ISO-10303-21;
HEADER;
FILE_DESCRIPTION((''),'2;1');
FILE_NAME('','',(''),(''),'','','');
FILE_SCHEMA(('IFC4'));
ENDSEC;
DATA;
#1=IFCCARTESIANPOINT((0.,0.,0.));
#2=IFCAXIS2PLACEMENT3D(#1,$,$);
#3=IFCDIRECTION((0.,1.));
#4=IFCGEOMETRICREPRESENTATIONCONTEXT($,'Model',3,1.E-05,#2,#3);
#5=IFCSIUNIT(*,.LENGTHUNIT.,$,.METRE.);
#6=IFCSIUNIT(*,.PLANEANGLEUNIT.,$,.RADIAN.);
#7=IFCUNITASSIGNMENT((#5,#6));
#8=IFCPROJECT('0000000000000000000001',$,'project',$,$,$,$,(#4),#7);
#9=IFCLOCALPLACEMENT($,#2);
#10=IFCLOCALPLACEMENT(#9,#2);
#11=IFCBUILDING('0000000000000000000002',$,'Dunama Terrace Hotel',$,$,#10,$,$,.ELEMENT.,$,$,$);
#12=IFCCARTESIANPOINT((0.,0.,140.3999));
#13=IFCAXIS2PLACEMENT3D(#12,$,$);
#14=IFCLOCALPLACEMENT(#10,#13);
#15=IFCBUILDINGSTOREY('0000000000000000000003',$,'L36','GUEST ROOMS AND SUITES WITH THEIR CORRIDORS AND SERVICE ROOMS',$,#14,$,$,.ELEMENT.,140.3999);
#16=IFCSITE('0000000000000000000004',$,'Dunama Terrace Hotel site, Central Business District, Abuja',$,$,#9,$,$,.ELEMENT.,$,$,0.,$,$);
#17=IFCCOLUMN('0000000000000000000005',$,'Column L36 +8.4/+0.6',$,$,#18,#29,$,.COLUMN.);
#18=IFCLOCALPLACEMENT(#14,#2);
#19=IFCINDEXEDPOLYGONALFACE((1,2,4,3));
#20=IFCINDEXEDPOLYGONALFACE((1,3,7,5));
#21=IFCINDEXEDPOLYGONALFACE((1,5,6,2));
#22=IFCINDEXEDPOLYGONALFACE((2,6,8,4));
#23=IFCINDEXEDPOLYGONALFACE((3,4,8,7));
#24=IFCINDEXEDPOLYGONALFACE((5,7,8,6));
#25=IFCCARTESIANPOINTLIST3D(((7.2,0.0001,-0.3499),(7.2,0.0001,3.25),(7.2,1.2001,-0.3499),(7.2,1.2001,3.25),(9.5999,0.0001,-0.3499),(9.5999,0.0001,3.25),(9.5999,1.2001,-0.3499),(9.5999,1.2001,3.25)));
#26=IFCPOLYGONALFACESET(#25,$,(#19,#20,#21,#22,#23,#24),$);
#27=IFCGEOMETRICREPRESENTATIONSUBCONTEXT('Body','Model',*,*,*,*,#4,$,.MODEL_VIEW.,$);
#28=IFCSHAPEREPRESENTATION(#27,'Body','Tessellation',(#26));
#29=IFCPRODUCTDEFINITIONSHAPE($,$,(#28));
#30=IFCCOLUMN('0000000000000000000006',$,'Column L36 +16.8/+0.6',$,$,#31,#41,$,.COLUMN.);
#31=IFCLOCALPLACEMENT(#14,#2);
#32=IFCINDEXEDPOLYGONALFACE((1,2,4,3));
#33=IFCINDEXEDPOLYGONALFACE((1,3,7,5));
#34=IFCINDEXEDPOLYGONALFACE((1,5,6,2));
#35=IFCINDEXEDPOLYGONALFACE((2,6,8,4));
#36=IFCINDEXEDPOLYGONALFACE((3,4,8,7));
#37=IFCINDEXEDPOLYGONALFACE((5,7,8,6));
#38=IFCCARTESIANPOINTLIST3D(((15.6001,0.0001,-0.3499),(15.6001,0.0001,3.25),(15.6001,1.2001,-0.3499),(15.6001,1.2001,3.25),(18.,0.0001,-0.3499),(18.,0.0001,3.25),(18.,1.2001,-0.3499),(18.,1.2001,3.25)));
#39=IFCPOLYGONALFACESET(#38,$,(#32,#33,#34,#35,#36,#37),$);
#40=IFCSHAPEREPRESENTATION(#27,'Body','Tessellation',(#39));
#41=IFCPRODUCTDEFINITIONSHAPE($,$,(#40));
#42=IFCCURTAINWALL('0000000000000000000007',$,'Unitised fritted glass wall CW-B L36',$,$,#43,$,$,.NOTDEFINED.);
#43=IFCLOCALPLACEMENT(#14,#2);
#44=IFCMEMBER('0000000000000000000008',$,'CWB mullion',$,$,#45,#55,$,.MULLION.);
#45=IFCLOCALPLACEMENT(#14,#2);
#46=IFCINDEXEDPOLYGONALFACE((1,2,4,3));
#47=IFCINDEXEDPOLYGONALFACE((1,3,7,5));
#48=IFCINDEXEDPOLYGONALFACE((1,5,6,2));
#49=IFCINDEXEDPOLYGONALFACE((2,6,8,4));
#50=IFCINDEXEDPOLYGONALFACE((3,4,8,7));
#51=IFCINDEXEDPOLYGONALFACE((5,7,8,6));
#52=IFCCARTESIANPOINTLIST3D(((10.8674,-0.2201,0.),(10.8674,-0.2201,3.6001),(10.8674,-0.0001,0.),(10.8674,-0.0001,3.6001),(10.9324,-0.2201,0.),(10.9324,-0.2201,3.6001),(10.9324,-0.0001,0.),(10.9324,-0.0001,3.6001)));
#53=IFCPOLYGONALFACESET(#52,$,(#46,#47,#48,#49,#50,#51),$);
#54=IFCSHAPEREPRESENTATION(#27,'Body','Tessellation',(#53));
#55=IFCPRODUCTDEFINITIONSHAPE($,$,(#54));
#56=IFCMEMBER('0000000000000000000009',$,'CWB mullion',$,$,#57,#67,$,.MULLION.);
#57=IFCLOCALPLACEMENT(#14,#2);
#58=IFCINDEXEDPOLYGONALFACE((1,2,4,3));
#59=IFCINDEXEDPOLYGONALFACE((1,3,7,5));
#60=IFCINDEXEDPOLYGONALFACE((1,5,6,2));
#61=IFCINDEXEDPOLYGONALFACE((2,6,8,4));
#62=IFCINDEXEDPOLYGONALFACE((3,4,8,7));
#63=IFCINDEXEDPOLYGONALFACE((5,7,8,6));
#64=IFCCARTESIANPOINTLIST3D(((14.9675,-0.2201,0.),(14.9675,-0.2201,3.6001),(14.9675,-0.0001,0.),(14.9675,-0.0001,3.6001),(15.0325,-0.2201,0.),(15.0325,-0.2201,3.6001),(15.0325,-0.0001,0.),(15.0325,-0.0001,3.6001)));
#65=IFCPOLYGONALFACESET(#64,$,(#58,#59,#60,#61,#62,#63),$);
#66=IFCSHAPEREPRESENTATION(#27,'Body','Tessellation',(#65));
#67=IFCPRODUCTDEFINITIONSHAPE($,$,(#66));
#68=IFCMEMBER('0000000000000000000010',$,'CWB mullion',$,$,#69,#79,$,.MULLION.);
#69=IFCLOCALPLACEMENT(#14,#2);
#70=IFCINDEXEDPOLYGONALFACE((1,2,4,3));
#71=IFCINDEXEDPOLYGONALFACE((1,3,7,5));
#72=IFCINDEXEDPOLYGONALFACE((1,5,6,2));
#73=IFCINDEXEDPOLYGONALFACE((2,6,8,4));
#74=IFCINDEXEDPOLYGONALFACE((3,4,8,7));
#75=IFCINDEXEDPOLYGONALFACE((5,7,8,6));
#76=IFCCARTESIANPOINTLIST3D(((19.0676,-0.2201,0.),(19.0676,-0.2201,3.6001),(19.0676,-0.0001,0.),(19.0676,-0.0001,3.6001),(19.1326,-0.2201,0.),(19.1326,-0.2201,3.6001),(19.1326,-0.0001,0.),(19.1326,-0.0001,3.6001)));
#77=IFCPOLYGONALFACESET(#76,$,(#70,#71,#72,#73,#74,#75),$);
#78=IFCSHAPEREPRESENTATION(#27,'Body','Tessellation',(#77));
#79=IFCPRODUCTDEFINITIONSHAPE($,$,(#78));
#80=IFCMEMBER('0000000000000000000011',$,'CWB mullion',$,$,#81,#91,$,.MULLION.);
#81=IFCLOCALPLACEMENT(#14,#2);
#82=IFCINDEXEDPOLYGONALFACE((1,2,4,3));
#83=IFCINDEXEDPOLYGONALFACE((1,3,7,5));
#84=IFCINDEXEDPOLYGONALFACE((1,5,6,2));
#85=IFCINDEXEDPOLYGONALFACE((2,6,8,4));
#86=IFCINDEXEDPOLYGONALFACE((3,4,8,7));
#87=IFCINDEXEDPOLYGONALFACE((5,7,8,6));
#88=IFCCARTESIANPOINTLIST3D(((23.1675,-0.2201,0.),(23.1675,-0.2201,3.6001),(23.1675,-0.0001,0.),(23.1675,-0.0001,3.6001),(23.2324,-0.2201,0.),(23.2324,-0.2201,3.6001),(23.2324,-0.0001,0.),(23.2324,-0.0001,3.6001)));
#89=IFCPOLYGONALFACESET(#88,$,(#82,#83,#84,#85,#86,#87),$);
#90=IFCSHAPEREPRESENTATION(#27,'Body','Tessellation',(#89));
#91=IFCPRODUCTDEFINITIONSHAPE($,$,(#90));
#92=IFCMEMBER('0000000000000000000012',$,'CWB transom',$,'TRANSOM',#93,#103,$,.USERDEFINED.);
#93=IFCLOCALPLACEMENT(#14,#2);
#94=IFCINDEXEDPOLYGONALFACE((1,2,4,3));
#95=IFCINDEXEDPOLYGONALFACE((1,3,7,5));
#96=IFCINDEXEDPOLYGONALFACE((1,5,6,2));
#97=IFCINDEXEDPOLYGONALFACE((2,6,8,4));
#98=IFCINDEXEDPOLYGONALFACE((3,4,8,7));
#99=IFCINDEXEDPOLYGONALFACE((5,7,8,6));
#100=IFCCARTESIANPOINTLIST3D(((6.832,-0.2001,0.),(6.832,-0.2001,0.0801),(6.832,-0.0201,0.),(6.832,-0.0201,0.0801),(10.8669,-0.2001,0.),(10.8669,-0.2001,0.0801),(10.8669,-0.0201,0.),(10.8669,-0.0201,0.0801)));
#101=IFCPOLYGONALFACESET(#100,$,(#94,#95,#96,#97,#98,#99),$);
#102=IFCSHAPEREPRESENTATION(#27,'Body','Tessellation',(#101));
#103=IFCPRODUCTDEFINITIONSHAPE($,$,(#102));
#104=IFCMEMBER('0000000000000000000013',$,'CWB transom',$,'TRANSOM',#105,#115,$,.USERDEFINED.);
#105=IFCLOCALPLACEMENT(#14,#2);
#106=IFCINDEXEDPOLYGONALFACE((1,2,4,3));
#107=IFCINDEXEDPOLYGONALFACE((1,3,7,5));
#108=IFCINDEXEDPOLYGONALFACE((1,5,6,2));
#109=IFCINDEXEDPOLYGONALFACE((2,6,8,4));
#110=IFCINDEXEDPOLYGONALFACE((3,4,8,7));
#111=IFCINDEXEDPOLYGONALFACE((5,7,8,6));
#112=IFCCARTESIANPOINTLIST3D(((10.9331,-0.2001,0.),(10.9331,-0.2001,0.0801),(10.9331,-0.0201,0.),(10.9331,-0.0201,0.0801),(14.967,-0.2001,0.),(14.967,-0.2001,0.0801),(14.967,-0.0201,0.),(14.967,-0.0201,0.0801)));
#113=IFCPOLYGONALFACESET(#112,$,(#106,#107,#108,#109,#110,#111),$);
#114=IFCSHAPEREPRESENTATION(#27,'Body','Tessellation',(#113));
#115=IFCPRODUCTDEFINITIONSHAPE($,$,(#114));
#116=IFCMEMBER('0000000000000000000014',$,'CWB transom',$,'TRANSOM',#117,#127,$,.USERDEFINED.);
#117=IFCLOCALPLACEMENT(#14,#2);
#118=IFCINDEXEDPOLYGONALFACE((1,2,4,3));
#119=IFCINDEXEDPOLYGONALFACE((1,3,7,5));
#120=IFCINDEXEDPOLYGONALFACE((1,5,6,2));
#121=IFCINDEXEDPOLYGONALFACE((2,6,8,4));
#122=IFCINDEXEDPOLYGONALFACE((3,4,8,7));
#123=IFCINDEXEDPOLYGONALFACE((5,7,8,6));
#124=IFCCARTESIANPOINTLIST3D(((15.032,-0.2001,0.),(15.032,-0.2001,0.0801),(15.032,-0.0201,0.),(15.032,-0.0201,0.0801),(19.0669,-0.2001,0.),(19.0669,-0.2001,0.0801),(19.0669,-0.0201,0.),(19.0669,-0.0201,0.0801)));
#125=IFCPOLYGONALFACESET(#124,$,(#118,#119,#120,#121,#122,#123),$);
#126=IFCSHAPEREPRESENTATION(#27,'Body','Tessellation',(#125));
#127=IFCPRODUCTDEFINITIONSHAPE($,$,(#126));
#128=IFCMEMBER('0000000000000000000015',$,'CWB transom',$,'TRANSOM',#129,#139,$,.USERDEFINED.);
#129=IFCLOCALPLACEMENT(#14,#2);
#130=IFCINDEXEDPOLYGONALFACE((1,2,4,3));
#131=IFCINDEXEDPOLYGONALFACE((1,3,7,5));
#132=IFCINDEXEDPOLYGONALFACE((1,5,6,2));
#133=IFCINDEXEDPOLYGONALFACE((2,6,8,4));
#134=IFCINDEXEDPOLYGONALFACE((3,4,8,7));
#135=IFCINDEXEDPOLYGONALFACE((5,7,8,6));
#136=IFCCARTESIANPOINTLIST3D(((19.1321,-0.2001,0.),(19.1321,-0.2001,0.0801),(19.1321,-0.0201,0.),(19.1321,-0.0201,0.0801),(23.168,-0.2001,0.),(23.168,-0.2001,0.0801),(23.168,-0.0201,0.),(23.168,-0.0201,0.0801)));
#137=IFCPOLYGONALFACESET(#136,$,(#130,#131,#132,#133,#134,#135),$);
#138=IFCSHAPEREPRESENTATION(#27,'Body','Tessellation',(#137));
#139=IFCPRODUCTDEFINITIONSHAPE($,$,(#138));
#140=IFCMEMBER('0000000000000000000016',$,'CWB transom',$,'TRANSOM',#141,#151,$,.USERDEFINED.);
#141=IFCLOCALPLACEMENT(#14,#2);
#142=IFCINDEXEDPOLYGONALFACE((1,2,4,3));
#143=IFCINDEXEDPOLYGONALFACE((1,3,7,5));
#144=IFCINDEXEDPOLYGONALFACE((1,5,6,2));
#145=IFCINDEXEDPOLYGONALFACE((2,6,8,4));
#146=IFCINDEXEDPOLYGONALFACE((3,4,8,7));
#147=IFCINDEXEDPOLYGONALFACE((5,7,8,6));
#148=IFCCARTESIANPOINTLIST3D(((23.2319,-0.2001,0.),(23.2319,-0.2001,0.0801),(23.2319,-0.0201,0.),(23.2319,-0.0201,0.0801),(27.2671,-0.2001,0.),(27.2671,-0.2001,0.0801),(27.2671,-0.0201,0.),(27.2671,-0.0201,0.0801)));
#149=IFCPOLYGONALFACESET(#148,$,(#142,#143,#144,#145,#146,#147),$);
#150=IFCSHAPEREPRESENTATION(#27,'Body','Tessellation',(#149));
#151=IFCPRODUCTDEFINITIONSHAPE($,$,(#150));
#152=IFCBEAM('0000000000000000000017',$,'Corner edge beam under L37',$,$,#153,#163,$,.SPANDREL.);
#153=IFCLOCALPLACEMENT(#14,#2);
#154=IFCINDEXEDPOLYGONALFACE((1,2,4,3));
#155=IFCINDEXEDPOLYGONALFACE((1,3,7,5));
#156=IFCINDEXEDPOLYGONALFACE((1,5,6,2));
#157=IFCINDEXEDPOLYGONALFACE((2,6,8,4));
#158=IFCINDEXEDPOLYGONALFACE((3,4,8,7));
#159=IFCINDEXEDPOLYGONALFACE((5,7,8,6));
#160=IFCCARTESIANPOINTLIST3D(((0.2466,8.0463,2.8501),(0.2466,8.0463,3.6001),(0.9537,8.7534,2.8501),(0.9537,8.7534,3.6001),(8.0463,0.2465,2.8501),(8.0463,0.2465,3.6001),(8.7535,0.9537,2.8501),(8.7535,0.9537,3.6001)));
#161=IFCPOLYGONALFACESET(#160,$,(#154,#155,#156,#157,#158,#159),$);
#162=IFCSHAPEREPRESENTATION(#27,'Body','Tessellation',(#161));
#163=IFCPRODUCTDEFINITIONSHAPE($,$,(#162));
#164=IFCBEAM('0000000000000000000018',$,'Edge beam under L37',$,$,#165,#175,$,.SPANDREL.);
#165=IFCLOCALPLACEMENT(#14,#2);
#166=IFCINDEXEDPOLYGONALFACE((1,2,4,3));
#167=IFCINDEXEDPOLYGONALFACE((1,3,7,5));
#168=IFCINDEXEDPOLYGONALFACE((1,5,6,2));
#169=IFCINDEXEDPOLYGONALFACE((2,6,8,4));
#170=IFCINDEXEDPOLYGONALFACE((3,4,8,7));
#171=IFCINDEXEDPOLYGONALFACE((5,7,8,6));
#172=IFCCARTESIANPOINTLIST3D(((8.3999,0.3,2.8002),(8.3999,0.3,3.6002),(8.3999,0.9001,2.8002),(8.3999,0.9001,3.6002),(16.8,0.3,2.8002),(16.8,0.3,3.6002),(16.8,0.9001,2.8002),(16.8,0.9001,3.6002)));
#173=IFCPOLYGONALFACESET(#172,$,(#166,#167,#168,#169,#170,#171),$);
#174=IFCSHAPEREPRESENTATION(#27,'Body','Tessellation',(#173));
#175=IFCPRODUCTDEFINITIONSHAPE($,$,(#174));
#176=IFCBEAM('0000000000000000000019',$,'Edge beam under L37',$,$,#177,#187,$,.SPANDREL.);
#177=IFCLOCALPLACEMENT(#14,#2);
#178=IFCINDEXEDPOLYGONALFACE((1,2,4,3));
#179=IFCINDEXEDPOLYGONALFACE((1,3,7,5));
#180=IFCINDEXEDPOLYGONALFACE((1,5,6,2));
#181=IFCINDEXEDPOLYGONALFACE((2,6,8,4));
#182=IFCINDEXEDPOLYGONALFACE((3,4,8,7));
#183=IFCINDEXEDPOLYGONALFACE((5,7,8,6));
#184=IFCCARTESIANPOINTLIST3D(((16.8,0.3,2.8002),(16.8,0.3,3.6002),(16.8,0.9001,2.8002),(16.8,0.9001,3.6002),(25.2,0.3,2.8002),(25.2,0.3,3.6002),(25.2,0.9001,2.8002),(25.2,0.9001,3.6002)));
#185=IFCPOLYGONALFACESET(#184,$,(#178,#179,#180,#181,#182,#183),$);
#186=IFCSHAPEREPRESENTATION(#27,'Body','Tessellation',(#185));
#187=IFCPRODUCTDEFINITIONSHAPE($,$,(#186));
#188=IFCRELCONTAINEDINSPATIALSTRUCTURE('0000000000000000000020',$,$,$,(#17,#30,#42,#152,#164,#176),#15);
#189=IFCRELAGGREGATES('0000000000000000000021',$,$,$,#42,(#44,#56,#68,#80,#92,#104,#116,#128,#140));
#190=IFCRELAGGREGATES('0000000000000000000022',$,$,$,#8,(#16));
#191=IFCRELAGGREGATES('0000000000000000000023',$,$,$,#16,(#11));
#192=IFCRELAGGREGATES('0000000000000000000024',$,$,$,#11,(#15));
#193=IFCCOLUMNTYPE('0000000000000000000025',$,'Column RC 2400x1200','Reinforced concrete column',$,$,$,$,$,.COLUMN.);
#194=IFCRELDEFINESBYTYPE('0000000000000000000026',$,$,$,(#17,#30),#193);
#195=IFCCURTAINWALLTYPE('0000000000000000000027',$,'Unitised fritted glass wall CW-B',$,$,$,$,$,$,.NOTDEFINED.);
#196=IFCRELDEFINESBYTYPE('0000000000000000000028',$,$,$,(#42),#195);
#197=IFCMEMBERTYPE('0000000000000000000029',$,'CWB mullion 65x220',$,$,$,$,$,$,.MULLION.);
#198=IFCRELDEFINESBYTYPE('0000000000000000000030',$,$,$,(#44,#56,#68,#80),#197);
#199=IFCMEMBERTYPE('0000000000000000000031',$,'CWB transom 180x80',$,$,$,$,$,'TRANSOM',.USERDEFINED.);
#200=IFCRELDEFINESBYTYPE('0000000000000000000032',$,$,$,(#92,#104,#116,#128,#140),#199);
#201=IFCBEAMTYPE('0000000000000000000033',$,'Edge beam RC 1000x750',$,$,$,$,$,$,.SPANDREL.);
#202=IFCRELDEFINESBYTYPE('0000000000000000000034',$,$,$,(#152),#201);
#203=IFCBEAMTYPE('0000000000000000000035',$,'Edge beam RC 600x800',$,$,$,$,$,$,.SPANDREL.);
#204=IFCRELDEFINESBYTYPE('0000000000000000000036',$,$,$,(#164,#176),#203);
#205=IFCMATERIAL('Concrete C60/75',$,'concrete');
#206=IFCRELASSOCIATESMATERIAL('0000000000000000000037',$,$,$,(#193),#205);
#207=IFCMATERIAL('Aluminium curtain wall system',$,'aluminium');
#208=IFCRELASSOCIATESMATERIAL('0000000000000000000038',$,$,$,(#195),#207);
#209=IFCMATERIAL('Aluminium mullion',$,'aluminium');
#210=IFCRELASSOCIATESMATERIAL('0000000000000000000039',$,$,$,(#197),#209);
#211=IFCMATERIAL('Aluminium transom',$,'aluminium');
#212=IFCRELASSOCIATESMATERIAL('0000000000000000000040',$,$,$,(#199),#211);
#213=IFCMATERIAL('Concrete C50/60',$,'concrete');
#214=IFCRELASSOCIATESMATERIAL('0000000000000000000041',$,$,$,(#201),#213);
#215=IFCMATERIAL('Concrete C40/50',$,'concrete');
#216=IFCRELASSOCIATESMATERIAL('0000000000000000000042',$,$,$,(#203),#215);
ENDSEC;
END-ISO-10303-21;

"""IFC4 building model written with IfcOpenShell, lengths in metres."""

from ifc_helpers import new_model, si_unit, direction, frame, origin, origin_2d, place, context, subcontext, project, spatial, rectangle, extrude, material, material_profile, profile_set, type_object, element, aggregate, save


model = new_model("IFC4")

# Units and contexts
model_context = context("Model", 3, precision=1e-05, world=origin(), true_north=direction((0.0, 1.0)))
body_context = subcontext(model_context, "Body", "Model", "MODEL_VIEW")
ifc_project = project(units=[si_unit("LENGTHUNIT", "METRE"), si_unit("PLANEANGLEUNIT", "RADIAN")], contexts=[model_context])

# Site, building, storey
site_placement = place(None, origin())
site = spatial("IfcSite", under=ifc_project, at=site_placement, Name="Dunama Terrace Hotel site, Central Business District, Abuja", CompositionType="ELEMENT", RefElevation=0.0)
building_placement = place(site_placement, origin())
building = spatial("IfcBuilding", under=site, at=building_placement, Name="Dunama Terrace Hotel", CompositionType="ELEMENT")
storey_placement = place(building_placement, frame((0.0, 0.0, 140.3999)))
storey = spatial("IfcBuildingStorey", under=building, at=storey_placement, Name="L36", Description="GUEST ROOMS AND SUITES WITH THEIR CORRIDORS AND SERVICE ROOMS", CompositionType="ELEMENT", Elevation=140.3999)

# Columns
ifc_material_1 = material(Name="Concrete C60/75", Category="concrete")
ifc_material_profile_1 = material_profile(ifc_material_1, rectangle(XDim=2.3999, YDim=1.2, at=origin_2d()), Name="RC 2400x1200")
ifc_profile_set_1 = profile_set([ifc_material_profile_1], Name="Concrete C60/75")
column_type = type_object("IfcColumnType", Name="Column RC 2400x1200", Description="Reinforced concrete column", PredefinedType="COLUMN", material=ifc_profile_set_1)
for number, where, z_axis, x_axis, name in (
    (1, (8.3999, 0.6001, -0.3499), (0.0, 0.0, 1.0), (1.0, 0.0, 0.0), "Column L36 +8.4/+0.6"),
    (2, (16.8, 0.6001, -0.3499), (0.0, 0.0, 1.0), (1.0, 0.0, 0.0), "Column L36 +16.8/+0.6"),
):
    element("IfcColumn", number, at=place(storey_placement, frame(where, z_axis=z_axis, x_axis=x_axis)), inside=storey, type_object=column_type, Name=name, PredefinedType="COLUMN", context=body_context, shape_type="SweptSolid", body=[
        extrude(rectangle(XDim=2.3999, YDim=1.2, at=origin_2d()), origin(), (0.0, 0.0, 1.0), 3.5999),
    ])

# Curtain wall, members
ifc_material_2 = material(Name="Aluminium curtain wall system", Category="aluminium")
curtain_wall_type = type_object("IfcCurtainWallType", Name="Unitised fritted glass wall CW-B", PredefinedType="NOTDEFINED", material=ifc_material_2)
curtain_wall_placement = place(storey_placement, origin())
curtain_wall = element("IfcCurtainWall", 3, at=curtain_wall_placement, inside=storey, type_object=curtain_wall_type, Name="Unitised fritted glass wall CW-B L36", PredefinedType="NOTDEFINED")
ifc_material_3 = material(Name="Aluminium mullion", Category="aluminium")
ifc_material_profile_2 = material_profile(ifc_material_3, rectangle(XDim=0.0649, YDim=0.22, at=origin_2d()), Name="CWB MULLION 65X220")
ifc_profile_set_2 = profile_set([ifc_material_profile_2], Name="Aluminium mullion")
member_type_1 = type_object("IfcMemberType", Name="CWB mullion 65x220", PredefinedType="MULLION", material=ifc_profile_set_2)
member_1_placement = place(storey_placement, frame((10.8999, -0.1101, 0.0), z_axis=(0.0, 0.0, 1.0), x_axis=(1.0, 0.0, 0.0)))
member_1 = element("IfcMember", 4, at=member_1_placement, type_object=member_type_1, Name="CWB mullion", PredefinedType="MULLION", context=body_context, shape_type="SweptSolid", body=[
    extrude(rectangle(XDim=0.0649, YDim=0.22, at=origin_2d()), origin(), (0.0, 0.0, 1.0), 3.6001),
])
member_2_placement = place(storey_placement, frame((15.0, -0.1101, 0.0), z_axis=(0.0, 0.0, 1.0), x_axis=(1.0, 0.0, 0.0)))
member_2 = element("IfcMember", 5, at=member_2_placement, type_object=member_type_1, Name="CWB mullion", PredefinedType="MULLION", context=body_context, shape_type="SweptSolid", body=[
    extrude(rectangle(XDim=0.0649, YDim=0.22, at=origin_2d()), origin(), (0.0, 0.0, 1.0), 3.6001),
])
member_3_placement = place(storey_placement, frame((19.1001, -0.1101, 0.0), z_axis=(0.0, 0.0, 1.0), x_axis=(1.0, 0.0, 0.0)))
member_3 = element("IfcMember", 6, at=member_3_placement, type_object=member_type_1, Name="CWB mullion", PredefinedType="MULLION", context=body_context, shape_type="SweptSolid", body=[
    extrude(rectangle(XDim=0.0649, YDim=0.22, at=origin_2d()), origin(), (0.0, 0.0, 1.0), 3.6001),
])
member_4_placement = place(storey_placement, frame((23.2, -0.1101, 0.0), z_axis=(0.0, 0.0, 1.0), x_axis=(1.0, 0.0, 0.0)))
member_4 = element("IfcMember", 7, at=member_4_placement, type_object=member_type_1, Name="CWB mullion", PredefinedType="MULLION", context=body_context, shape_type="SweptSolid", body=[
    extrude(rectangle(XDim=0.0649, YDim=0.22, at=origin_2d()), origin(), (0.0, 0.0, 1.0), 3.6001),
])
ifc_material_4 = material(Name="Aluminium transom", Category="aluminium")
ifc_material_profile_3 = material_profile(ifc_material_4, rectangle(XDim=0.1799, YDim=0.0801, at=origin_2d()), Name="CWB TRANSOM 180X80")
ifc_profile_set_3 = profile_set([ifc_material_profile_3], Name="Aluminium transom")
member_type_2 = type_object("IfcMemberType", Name="CWB transom 180x80", ElementType="TRANSOM", PredefinedType="USERDEFINED", material=ifc_profile_set_3)
member_5_placement = place(storey_placement, frame((6.832, -0.1101, 0.04), z_axis=(1.0, 0.0, 0.0), x_axis=(0.0, 1.0, 0.0)))
member_5 = element("IfcMember", 8, at=member_5_placement, type_object=member_type_2, Name="CWB transom", ObjectType="TRANSOM", PredefinedType="USERDEFINED", context=body_context, shape_type="SweptSolid", body=[
    extrude(rectangle(XDim=0.1799, YDim=0.0801, at=origin_2d()), origin(), (0.0, 0.0, 1.0), 4.0349),
])
member_6_placement = place(storey_placement, frame((10.9331, -0.1101, 0.04), z_axis=(1.0, 0.0, 0.0), x_axis=(0.0, 1.0, 0.0)))
member_6 = element("IfcMember", 9, at=member_6_placement, type_object=member_type_2, Name="CWB transom", ObjectType="TRANSOM", PredefinedType="USERDEFINED", context=body_context, shape_type="SweptSolid", body=[
    extrude(rectangle(XDim=0.1799, YDim=0.0801, at=origin_2d()), origin(), (0.0, 0.0, 1.0), 4.0339),
])
member_7_placement = place(storey_placement, frame((15.032, -0.1101, 0.04), z_axis=(1.0, 0.0, 0.0), x_axis=(0.0, 1.0, 0.0)))
member_7 = element("IfcMember", 10, at=member_7_placement, type_object=member_type_2, Name="CWB transom", ObjectType="TRANSOM", PredefinedType="USERDEFINED", context=body_context, shape_type="SweptSolid", body=[
    extrude(rectangle(XDim=0.1799, YDim=0.0801, at=origin_2d()), origin(), (0.0, 0.0, 1.0), 4.0349),
])
member_8_placement = place(storey_placement, frame((19.1321, -0.1101, 0.04), z_axis=(1.0, 0.0, 0.0), x_axis=(0.0, 1.0, 0.0)))
member_8 = element("IfcMember", 11, at=member_8_placement, type_object=member_type_2, Name="CWB transom", ObjectType="TRANSOM", PredefinedType="USERDEFINED", context=body_context, shape_type="SweptSolid", body=[
    extrude(rectangle(XDim=0.1799, YDim=0.0801, at=origin_2d()), origin(), (0.0, 0.0, 1.0), 4.0359),
])
member_9_placement = place(storey_placement, frame((23.2319, -0.1101, 0.04), z_axis=(1.0, 0.0, 0.0), x_axis=(0.0, 1.0, 0.0)))
member_9 = element("IfcMember", 12, at=member_9_placement, type_object=member_type_2, Name="CWB transom", ObjectType="TRANSOM", PredefinedType="USERDEFINED", context=body_context, shape_type="SweptSolid", body=[
    extrude(rectangle(XDim=0.1799, YDim=0.0801, at=origin_2d()), origin(), (0.0, 0.0, 1.0), 4.0352),
])

# Beams
ifc_material_5 = material(Name="Concrete C50/60", Category="concrete")
ifc_material_profile_4 = material_profile(ifc_material_5, rectangle(XDim=1.0, YDim=0.75, at=origin_2d()), Name="RC 1000x750")
ifc_profile_set_4 = profile_set([ifc_material_profile_4], Name="Concrete C50/60")
beam_type_1 = type_object("IfcBeamType", Name="Edge beam RC 1000x750", PredefinedType="SPANDREL", material=ifc_profile_set_4)
beam_1_placement = place(storey_placement, frame((8.3999, 0.6001, 3.2251), z_axis=(-0.707107, 0.707107, 0.0), x_axis=(-0.707107, -0.707107, 0.0)))
element("IfcBeam", 13, at=beam_1_placement, inside=storey, type_object=beam_type_1, Name="Corner edge beam under L37", PredefinedType="SPANDREL", context=body_context, shape_type="SweptSolid", body=[
    extrude(rectangle(XDim=1.0, YDim=0.75, at=origin_2d()), origin(), (0.0, 0.0, 1.0), 11.0305),
])
ifc_material_6 = material(Name="Concrete C40/50", Category="concrete")
ifc_material_profile_5 = material_profile(ifc_material_6, rectangle(XDim=0.6001, YDim=0.8, at=origin_2d()), Name="RC 600x800")
ifc_profile_set_5 = profile_set([ifc_material_profile_5], Name="Concrete C40/50")
beam_type_2 = type_object("IfcBeamType", Name="Edge beam RC 600x800", PredefinedType="SPANDREL", material=ifc_profile_set_5)
beam_2_placement = place(storey_placement, frame((8.3999, 0.6001, 3.2002), z_axis=(1.0, 0.0, 0.0), x_axis=(0.0, 1.0, 0.0)))
element("IfcBeam", 14, at=beam_2_placement, inside=storey, type_object=beam_type_2, Name="Edge beam under L37", PredefinedType="SPANDREL", context=body_context, shape_type="SweptSolid", body=[
    extrude(rectangle(XDim=0.6001, YDim=0.8, at=origin_2d()), origin(), (0.0, 0.0, 1.0), 8.4001),
])
beam_3_placement = place(storey_placement, frame((16.8, 0.6001, 3.2002), z_axis=(1.0, 0.0, 0.0), x_axis=(0.0, 1.0, 0.0)))
element("IfcBeam", 15, at=beam_3_placement, inside=storey, type_object=beam_type_2, Name="Edge beam under L37", PredefinedType="SPANDREL", context=body_context, shape_type="SweptSolid", body=[
    extrude(rectangle(XDim=0.6001, YDim=0.8, at=origin_2d()), origin(), (0.0, 0.0, 1.0), 8.3999),
])

aggregate(curtain_wall, [member_1, member_2, member_3, member_4, member_5, member_6, member_7, member_8, member_9])

save(model, "model.ifc")
